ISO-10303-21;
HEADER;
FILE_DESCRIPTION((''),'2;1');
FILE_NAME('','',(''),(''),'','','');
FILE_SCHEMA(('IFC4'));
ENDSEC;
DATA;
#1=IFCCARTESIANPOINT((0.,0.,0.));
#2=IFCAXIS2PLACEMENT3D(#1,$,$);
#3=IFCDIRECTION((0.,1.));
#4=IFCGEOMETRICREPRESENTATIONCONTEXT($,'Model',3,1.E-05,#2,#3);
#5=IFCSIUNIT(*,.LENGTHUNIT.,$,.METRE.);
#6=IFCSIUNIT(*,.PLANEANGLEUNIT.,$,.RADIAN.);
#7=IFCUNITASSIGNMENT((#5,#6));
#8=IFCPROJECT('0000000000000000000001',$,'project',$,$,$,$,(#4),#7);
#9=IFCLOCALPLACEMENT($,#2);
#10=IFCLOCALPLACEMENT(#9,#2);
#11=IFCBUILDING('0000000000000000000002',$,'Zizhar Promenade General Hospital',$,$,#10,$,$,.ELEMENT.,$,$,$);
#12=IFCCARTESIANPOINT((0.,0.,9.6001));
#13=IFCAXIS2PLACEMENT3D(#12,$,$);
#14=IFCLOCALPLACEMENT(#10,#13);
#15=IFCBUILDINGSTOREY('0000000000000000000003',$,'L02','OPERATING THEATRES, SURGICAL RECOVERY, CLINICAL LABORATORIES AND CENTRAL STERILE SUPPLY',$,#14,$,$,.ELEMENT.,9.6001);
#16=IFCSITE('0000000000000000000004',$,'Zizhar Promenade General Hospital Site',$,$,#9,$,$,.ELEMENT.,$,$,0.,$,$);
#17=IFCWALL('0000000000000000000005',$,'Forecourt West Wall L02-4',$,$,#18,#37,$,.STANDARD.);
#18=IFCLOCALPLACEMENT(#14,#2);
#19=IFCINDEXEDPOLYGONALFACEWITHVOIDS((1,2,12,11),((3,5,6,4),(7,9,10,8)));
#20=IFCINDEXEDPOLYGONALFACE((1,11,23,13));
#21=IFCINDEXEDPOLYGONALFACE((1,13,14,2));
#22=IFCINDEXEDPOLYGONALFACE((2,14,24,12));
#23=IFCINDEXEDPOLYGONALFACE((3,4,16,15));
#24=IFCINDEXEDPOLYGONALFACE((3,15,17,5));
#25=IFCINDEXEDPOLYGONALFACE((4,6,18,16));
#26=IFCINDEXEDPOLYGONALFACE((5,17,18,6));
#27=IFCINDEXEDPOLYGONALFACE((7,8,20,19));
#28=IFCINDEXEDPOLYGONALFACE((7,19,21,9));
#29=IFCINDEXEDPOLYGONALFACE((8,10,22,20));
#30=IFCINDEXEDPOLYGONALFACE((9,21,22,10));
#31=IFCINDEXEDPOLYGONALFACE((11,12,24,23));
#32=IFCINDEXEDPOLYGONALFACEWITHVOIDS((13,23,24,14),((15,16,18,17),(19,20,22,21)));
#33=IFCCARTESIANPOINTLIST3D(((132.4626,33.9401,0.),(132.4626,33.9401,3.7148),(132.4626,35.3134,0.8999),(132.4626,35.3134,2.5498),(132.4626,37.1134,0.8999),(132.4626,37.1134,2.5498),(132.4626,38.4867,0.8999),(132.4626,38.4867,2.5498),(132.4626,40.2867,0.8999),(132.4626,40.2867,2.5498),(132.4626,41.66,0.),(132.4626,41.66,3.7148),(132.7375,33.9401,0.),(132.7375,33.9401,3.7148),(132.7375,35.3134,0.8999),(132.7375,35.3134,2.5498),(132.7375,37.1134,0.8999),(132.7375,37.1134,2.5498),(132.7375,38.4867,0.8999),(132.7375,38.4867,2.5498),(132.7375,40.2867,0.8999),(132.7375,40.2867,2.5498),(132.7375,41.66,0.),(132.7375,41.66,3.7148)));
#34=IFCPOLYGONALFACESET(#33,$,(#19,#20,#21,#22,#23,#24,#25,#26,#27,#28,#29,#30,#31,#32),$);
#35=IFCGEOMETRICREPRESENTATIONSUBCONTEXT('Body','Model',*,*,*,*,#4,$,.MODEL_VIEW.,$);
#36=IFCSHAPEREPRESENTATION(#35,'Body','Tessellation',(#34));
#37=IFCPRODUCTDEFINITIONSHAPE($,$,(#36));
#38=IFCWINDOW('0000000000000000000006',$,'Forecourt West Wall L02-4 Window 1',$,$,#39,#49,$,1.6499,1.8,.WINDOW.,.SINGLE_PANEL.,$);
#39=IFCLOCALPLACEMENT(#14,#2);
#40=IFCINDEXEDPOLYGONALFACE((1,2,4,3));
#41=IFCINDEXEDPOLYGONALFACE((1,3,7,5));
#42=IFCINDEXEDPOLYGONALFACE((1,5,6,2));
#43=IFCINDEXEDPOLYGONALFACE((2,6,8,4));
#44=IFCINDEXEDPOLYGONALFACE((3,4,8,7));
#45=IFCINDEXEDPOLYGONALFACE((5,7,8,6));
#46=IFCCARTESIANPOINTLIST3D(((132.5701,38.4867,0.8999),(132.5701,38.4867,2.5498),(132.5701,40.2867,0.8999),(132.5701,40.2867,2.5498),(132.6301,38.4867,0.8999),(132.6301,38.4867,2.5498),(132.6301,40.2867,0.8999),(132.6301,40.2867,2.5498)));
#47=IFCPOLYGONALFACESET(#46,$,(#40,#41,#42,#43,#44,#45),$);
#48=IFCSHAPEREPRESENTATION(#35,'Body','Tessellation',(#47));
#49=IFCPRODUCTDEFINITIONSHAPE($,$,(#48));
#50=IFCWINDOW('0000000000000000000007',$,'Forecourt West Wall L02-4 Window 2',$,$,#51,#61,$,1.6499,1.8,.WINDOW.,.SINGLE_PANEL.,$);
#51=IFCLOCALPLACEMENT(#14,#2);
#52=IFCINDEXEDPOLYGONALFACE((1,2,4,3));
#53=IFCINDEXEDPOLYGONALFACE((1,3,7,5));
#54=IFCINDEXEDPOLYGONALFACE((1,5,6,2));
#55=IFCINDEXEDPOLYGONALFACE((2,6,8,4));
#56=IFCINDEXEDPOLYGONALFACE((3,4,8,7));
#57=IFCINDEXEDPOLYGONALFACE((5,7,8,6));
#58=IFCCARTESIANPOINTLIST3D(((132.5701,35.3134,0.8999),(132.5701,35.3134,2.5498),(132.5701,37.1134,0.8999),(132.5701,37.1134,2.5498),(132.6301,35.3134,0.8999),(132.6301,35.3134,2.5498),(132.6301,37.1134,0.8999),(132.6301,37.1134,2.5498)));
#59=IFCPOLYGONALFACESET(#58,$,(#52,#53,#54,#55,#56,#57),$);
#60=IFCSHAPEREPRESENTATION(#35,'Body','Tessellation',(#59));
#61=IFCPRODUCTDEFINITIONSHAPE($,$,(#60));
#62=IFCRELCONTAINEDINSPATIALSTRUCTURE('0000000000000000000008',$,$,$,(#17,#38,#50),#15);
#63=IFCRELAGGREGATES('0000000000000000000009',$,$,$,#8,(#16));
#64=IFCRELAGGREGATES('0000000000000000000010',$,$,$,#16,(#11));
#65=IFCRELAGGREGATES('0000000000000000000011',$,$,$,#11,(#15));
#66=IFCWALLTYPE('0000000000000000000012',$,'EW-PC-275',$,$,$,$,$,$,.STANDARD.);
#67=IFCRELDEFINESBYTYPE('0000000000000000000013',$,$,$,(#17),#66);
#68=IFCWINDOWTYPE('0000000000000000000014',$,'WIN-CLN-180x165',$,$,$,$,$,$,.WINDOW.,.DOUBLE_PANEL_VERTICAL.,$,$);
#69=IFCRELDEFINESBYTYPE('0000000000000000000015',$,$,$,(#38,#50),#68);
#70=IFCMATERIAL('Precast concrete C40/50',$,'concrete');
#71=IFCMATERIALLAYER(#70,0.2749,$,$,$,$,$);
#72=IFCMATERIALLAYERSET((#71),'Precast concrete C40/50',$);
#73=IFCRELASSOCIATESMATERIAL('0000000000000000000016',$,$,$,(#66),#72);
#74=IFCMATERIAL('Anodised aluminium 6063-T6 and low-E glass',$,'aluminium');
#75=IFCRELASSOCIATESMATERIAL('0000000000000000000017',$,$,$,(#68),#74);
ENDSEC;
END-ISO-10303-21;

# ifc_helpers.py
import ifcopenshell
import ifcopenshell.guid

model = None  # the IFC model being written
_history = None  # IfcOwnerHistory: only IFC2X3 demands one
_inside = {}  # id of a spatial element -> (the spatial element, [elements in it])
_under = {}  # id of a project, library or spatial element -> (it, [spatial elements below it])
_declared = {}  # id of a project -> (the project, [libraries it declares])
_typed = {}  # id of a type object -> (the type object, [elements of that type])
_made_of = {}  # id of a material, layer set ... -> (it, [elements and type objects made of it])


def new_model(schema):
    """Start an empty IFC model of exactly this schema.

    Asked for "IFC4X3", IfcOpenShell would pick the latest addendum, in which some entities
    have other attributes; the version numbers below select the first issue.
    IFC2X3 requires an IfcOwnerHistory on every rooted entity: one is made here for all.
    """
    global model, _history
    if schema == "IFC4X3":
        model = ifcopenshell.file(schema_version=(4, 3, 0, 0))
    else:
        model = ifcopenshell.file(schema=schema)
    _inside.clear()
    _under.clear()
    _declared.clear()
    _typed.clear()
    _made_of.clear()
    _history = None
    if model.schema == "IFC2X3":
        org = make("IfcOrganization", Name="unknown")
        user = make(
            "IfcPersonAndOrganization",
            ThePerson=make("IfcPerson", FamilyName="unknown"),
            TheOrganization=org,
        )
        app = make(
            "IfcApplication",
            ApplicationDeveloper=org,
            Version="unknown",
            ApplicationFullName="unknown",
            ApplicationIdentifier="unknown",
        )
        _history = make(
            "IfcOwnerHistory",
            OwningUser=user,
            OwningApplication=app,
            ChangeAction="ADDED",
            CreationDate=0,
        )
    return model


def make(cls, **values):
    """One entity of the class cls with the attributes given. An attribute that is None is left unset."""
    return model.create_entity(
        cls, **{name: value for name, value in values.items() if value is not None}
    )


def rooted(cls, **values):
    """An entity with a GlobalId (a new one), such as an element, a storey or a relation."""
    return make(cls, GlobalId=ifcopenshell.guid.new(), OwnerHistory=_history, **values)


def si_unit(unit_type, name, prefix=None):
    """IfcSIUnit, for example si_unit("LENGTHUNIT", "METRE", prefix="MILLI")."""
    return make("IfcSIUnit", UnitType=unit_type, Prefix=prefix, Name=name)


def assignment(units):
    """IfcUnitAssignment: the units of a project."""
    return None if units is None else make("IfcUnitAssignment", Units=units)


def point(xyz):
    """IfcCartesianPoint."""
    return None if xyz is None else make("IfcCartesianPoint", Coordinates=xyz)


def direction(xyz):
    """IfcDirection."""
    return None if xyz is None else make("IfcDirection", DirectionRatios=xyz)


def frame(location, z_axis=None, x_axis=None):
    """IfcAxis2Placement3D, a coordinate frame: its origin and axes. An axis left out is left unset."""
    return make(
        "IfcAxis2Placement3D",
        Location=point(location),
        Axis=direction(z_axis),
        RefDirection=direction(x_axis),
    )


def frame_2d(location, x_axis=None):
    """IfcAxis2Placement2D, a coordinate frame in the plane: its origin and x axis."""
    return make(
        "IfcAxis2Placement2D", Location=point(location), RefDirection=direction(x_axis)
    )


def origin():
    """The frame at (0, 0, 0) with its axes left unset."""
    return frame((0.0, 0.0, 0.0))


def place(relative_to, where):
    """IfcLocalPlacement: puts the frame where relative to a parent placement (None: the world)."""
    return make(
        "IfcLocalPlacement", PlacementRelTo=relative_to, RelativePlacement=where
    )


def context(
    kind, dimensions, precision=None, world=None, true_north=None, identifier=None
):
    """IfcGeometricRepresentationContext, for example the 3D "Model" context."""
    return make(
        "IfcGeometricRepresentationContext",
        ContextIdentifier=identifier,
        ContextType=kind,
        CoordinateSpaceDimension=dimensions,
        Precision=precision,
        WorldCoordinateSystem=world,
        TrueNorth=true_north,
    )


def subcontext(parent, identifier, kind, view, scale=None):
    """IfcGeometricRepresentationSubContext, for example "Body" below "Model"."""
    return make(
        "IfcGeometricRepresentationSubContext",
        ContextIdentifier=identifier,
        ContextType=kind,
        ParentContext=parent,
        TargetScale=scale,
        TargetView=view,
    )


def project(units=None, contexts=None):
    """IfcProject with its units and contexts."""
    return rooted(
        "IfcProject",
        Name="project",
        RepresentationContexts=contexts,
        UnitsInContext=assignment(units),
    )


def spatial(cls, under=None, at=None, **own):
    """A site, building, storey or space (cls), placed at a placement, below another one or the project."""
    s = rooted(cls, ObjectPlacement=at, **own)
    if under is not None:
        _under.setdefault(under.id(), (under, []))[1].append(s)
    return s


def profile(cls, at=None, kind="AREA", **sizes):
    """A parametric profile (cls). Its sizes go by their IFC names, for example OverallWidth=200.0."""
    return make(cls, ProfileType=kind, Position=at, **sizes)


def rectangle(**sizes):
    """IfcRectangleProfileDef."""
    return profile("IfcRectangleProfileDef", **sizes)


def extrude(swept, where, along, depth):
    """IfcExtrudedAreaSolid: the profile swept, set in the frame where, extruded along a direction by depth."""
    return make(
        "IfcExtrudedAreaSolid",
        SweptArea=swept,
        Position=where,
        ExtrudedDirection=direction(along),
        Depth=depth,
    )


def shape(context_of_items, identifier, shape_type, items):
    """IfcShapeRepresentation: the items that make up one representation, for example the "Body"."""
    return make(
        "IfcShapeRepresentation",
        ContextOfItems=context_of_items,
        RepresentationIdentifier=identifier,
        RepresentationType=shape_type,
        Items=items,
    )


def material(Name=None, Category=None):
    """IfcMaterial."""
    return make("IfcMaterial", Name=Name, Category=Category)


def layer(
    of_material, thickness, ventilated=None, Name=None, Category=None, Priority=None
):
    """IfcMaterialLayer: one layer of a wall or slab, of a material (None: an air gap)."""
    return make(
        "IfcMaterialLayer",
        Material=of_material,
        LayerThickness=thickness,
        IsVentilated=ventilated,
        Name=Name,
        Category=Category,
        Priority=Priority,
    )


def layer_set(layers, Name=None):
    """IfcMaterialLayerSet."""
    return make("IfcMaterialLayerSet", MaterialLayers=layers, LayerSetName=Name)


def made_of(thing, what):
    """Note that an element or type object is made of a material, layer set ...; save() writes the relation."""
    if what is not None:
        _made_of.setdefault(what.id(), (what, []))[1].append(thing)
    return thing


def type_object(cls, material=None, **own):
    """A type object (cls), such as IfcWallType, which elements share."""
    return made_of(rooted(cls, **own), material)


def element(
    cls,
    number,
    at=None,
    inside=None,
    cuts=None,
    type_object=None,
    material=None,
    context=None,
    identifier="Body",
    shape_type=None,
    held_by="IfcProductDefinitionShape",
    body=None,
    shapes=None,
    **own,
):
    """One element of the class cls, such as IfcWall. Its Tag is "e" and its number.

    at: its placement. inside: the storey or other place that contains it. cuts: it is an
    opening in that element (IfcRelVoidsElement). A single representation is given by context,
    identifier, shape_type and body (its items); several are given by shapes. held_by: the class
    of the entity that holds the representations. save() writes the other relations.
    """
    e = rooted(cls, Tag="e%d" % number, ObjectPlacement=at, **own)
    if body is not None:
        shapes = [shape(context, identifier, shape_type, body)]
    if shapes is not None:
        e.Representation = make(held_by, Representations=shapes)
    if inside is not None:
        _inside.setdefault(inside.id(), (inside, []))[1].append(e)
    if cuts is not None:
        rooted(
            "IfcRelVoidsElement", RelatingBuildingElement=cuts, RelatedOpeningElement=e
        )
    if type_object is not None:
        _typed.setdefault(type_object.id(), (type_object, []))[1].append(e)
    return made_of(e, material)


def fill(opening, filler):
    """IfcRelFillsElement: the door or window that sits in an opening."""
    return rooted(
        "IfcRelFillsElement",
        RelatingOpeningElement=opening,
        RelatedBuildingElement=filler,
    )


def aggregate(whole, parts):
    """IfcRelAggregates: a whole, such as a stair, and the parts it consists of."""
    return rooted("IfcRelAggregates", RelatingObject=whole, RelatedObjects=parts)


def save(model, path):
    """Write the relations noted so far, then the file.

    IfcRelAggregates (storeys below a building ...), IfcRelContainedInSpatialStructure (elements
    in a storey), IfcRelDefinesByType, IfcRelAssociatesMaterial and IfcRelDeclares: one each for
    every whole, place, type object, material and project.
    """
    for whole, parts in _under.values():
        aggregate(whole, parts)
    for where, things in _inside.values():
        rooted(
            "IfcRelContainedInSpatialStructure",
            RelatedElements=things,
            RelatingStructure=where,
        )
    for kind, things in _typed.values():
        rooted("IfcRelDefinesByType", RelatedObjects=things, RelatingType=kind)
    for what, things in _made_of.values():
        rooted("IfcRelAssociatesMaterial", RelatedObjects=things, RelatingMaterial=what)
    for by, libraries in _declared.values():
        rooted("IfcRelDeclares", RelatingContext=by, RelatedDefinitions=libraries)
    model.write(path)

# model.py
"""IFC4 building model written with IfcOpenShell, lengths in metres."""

from ifc_helpers import new_model, si_unit, direction, frame, frame_2d, origin, place, context, subcontext, project, spatial, rectangle, extrude, material, layer, layer_set, type_object, element, fill, save


model = new_model("IFC4")

# Units and contexts
model_context = context("Model", 3, precision=1e-05, world=origin(), true_north=direction((0.0, 1.0)))
body_context = subcontext(model_context, "Body", "Model", "MODEL_VIEW")
ifc_project = project(units=[si_unit("LENGTHUNIT", "METRE"), si_unit("PLANEANGLEUNIT", "RADIAN")], contexts=[model_context])

# Site, building, storey
site_placement = place(None, origin())
site = spatial("IfcSite", under=ifc_project, at=site_placement, Name="Zizhar Promenade General Hospital Site", CompositionType="ELEMENT", RefElevation=0.0)
building_placement = place(site_placement, origin())
building = spatial("IfcBuilding", under=site, at=building_placement, Name="Zizhar Promenade General Hospital", CompositionType="ELEMENT")
storey_placement = place(building_placement, frame((0.0, 0.0, 9.6001)))
storey = spatial("IfcBuildingStorey", under=building, at=storey_placement, Name="L02", Description="OPERATING THEATRES, SURGICAL RECOVERY, CLINICAL LABORATORIES AND CENTRAL STERILE SUPPLY", CompositionType="ELEMENT", Elevation=9.6001)

# Wall, openings, windows
ifc_material_1 = material(Name="Precast concrete C40/50", Category="concrete")
ifc_layer_1 = layer(ifc_material_1, 0.2749)
ifc_layer_set_1 = layer_set([ifc_layer_1], Name="Precast concrete C40/50")
wall_type = type_object("IfcWallType", Name="EW-PC-275", PredefinedType="STANDARD", material=ifc_layer_set_1)
wall_placement = place(storey_placement, frame((132.6001, 41.6599, 0.0), z_axis=(0.0, 0.0, 1.0), x_axis=(0.0, -1.0, 0.0)))
wall = element("IfcWall", 1, at=wall_placement, inside=storey, type_object=wall_type, Name="Forecourt West Wall L02-4", PredefinedType="STANDARD", context=body_context, shape_type="SweptSolid", body=[
    extrude(rectangle(XDim=7.72, YDim=0.2749, at=frame_2d((3.8599, 0.0))), origin(), (0.0, 0.0, 1.0), 3.7148),
])
opening_1_placement = place(wall_placement, frame((1.3733, 0.0, 0.8999)))
opening_1 = element("IfcOpeningElement", 2, at=opening_1_placement, cuts=wall, PredefinedType="OPENING", context=body_context, shape_type="SweptSolid", body=[
    extrude(rectangle(XDim=1.8, YDim=1.6499, at=frame_2d((0.8999, 0.825))), frame((0.0, 0.1475, 0.0), z_axis=(0.0, -1.0, 0.0), x_axis=(1.0, 0.0, 0.0)), (0.0, 0.0, 1.0), 0.2949),
])
opening_2_placement = place(wall_placement, frame((4.5466, 0.0, 0.8999)))
opening_2 = element("IfcOpeningElement", 3, at=opening_2_placement, cuts=wall, PredefinedType="OPENING", context=body_context, shape_type="SweptSolid", body=[
    extrude(rectangle(XDim=1.8, YDim=1.6499, at=frame_2d((0.8999, 0.825))), frame((0.0, 0.1475, 0.0), z_axis=(0.0, -1.0, 0.0), x_axis=(1.0, 0.0, 0.0)), (0.0, 0.0, 1.0), 0.2949),
])
ifc_material_2 = material(Name="Anodised aluminium 6063-T6 and low-E glass", Category="aluminium")
window_type = type_object("IfcWindowType", Name="WIN-CLN-180x165", PartitioningType="DOUBLE_PANEL_VERTICAL", PredefinedType="WINDOW", material=ifc_material_2)
window_1_placement = place(opening_1_placement, origin())
window_1 = element("IfcWindow", 4, at=window_1_placement, inside=storey, type_object=window_type, Name="Forecourt West Wall L02-4 Window 1", OverallHeight=1.6499, OverallWidth=1.8, PartitioningType="SINGLE_PANEL", PredefinedType="WINDOW", context=body_context, shape_type="SweptSolid", body=[
    extrude(rectangle(XDim=1.8, YDim=1.6499, at=frame_2d((0.8999, 0.825))), frame((0.0, 0.03, 0.0), z_axis=(0.0, -1.0, 0.0), x_axis=(1.0, 0.0, 0.0)), (0.0, 0.0, 1.0), 0.0601),
])
fill(opening_1, window_1)
window_2_placement = place(opening_2_placement, origin())
window_2 = element("IfcWindow", 5, at=window_2_placement, inside=storey, type_object=window_type, Name="Forecourt West Wall L02-4 Window 2", OverallHeight=1.6499, OverallWidth=1.8, PartitioningType="SINGLE_PANEL", PredefinedType="WINDOW", context=body_context, shape_type="SweptSolid", body=[
    extrude(rectangle(XDim=1.8, YDim=1.6499, at=frame_2d((0.8999, 0.825))), frame((0.0, 0.03, 0.0), z_axis=(0.0, -1.0, 0.0), x_axis=(1.0, 0.0, 0.0)), (0.0, 0.0, 1.0), 0.0601),
])
fill(opening_2, window_2)

save(model, "model.ifc")
